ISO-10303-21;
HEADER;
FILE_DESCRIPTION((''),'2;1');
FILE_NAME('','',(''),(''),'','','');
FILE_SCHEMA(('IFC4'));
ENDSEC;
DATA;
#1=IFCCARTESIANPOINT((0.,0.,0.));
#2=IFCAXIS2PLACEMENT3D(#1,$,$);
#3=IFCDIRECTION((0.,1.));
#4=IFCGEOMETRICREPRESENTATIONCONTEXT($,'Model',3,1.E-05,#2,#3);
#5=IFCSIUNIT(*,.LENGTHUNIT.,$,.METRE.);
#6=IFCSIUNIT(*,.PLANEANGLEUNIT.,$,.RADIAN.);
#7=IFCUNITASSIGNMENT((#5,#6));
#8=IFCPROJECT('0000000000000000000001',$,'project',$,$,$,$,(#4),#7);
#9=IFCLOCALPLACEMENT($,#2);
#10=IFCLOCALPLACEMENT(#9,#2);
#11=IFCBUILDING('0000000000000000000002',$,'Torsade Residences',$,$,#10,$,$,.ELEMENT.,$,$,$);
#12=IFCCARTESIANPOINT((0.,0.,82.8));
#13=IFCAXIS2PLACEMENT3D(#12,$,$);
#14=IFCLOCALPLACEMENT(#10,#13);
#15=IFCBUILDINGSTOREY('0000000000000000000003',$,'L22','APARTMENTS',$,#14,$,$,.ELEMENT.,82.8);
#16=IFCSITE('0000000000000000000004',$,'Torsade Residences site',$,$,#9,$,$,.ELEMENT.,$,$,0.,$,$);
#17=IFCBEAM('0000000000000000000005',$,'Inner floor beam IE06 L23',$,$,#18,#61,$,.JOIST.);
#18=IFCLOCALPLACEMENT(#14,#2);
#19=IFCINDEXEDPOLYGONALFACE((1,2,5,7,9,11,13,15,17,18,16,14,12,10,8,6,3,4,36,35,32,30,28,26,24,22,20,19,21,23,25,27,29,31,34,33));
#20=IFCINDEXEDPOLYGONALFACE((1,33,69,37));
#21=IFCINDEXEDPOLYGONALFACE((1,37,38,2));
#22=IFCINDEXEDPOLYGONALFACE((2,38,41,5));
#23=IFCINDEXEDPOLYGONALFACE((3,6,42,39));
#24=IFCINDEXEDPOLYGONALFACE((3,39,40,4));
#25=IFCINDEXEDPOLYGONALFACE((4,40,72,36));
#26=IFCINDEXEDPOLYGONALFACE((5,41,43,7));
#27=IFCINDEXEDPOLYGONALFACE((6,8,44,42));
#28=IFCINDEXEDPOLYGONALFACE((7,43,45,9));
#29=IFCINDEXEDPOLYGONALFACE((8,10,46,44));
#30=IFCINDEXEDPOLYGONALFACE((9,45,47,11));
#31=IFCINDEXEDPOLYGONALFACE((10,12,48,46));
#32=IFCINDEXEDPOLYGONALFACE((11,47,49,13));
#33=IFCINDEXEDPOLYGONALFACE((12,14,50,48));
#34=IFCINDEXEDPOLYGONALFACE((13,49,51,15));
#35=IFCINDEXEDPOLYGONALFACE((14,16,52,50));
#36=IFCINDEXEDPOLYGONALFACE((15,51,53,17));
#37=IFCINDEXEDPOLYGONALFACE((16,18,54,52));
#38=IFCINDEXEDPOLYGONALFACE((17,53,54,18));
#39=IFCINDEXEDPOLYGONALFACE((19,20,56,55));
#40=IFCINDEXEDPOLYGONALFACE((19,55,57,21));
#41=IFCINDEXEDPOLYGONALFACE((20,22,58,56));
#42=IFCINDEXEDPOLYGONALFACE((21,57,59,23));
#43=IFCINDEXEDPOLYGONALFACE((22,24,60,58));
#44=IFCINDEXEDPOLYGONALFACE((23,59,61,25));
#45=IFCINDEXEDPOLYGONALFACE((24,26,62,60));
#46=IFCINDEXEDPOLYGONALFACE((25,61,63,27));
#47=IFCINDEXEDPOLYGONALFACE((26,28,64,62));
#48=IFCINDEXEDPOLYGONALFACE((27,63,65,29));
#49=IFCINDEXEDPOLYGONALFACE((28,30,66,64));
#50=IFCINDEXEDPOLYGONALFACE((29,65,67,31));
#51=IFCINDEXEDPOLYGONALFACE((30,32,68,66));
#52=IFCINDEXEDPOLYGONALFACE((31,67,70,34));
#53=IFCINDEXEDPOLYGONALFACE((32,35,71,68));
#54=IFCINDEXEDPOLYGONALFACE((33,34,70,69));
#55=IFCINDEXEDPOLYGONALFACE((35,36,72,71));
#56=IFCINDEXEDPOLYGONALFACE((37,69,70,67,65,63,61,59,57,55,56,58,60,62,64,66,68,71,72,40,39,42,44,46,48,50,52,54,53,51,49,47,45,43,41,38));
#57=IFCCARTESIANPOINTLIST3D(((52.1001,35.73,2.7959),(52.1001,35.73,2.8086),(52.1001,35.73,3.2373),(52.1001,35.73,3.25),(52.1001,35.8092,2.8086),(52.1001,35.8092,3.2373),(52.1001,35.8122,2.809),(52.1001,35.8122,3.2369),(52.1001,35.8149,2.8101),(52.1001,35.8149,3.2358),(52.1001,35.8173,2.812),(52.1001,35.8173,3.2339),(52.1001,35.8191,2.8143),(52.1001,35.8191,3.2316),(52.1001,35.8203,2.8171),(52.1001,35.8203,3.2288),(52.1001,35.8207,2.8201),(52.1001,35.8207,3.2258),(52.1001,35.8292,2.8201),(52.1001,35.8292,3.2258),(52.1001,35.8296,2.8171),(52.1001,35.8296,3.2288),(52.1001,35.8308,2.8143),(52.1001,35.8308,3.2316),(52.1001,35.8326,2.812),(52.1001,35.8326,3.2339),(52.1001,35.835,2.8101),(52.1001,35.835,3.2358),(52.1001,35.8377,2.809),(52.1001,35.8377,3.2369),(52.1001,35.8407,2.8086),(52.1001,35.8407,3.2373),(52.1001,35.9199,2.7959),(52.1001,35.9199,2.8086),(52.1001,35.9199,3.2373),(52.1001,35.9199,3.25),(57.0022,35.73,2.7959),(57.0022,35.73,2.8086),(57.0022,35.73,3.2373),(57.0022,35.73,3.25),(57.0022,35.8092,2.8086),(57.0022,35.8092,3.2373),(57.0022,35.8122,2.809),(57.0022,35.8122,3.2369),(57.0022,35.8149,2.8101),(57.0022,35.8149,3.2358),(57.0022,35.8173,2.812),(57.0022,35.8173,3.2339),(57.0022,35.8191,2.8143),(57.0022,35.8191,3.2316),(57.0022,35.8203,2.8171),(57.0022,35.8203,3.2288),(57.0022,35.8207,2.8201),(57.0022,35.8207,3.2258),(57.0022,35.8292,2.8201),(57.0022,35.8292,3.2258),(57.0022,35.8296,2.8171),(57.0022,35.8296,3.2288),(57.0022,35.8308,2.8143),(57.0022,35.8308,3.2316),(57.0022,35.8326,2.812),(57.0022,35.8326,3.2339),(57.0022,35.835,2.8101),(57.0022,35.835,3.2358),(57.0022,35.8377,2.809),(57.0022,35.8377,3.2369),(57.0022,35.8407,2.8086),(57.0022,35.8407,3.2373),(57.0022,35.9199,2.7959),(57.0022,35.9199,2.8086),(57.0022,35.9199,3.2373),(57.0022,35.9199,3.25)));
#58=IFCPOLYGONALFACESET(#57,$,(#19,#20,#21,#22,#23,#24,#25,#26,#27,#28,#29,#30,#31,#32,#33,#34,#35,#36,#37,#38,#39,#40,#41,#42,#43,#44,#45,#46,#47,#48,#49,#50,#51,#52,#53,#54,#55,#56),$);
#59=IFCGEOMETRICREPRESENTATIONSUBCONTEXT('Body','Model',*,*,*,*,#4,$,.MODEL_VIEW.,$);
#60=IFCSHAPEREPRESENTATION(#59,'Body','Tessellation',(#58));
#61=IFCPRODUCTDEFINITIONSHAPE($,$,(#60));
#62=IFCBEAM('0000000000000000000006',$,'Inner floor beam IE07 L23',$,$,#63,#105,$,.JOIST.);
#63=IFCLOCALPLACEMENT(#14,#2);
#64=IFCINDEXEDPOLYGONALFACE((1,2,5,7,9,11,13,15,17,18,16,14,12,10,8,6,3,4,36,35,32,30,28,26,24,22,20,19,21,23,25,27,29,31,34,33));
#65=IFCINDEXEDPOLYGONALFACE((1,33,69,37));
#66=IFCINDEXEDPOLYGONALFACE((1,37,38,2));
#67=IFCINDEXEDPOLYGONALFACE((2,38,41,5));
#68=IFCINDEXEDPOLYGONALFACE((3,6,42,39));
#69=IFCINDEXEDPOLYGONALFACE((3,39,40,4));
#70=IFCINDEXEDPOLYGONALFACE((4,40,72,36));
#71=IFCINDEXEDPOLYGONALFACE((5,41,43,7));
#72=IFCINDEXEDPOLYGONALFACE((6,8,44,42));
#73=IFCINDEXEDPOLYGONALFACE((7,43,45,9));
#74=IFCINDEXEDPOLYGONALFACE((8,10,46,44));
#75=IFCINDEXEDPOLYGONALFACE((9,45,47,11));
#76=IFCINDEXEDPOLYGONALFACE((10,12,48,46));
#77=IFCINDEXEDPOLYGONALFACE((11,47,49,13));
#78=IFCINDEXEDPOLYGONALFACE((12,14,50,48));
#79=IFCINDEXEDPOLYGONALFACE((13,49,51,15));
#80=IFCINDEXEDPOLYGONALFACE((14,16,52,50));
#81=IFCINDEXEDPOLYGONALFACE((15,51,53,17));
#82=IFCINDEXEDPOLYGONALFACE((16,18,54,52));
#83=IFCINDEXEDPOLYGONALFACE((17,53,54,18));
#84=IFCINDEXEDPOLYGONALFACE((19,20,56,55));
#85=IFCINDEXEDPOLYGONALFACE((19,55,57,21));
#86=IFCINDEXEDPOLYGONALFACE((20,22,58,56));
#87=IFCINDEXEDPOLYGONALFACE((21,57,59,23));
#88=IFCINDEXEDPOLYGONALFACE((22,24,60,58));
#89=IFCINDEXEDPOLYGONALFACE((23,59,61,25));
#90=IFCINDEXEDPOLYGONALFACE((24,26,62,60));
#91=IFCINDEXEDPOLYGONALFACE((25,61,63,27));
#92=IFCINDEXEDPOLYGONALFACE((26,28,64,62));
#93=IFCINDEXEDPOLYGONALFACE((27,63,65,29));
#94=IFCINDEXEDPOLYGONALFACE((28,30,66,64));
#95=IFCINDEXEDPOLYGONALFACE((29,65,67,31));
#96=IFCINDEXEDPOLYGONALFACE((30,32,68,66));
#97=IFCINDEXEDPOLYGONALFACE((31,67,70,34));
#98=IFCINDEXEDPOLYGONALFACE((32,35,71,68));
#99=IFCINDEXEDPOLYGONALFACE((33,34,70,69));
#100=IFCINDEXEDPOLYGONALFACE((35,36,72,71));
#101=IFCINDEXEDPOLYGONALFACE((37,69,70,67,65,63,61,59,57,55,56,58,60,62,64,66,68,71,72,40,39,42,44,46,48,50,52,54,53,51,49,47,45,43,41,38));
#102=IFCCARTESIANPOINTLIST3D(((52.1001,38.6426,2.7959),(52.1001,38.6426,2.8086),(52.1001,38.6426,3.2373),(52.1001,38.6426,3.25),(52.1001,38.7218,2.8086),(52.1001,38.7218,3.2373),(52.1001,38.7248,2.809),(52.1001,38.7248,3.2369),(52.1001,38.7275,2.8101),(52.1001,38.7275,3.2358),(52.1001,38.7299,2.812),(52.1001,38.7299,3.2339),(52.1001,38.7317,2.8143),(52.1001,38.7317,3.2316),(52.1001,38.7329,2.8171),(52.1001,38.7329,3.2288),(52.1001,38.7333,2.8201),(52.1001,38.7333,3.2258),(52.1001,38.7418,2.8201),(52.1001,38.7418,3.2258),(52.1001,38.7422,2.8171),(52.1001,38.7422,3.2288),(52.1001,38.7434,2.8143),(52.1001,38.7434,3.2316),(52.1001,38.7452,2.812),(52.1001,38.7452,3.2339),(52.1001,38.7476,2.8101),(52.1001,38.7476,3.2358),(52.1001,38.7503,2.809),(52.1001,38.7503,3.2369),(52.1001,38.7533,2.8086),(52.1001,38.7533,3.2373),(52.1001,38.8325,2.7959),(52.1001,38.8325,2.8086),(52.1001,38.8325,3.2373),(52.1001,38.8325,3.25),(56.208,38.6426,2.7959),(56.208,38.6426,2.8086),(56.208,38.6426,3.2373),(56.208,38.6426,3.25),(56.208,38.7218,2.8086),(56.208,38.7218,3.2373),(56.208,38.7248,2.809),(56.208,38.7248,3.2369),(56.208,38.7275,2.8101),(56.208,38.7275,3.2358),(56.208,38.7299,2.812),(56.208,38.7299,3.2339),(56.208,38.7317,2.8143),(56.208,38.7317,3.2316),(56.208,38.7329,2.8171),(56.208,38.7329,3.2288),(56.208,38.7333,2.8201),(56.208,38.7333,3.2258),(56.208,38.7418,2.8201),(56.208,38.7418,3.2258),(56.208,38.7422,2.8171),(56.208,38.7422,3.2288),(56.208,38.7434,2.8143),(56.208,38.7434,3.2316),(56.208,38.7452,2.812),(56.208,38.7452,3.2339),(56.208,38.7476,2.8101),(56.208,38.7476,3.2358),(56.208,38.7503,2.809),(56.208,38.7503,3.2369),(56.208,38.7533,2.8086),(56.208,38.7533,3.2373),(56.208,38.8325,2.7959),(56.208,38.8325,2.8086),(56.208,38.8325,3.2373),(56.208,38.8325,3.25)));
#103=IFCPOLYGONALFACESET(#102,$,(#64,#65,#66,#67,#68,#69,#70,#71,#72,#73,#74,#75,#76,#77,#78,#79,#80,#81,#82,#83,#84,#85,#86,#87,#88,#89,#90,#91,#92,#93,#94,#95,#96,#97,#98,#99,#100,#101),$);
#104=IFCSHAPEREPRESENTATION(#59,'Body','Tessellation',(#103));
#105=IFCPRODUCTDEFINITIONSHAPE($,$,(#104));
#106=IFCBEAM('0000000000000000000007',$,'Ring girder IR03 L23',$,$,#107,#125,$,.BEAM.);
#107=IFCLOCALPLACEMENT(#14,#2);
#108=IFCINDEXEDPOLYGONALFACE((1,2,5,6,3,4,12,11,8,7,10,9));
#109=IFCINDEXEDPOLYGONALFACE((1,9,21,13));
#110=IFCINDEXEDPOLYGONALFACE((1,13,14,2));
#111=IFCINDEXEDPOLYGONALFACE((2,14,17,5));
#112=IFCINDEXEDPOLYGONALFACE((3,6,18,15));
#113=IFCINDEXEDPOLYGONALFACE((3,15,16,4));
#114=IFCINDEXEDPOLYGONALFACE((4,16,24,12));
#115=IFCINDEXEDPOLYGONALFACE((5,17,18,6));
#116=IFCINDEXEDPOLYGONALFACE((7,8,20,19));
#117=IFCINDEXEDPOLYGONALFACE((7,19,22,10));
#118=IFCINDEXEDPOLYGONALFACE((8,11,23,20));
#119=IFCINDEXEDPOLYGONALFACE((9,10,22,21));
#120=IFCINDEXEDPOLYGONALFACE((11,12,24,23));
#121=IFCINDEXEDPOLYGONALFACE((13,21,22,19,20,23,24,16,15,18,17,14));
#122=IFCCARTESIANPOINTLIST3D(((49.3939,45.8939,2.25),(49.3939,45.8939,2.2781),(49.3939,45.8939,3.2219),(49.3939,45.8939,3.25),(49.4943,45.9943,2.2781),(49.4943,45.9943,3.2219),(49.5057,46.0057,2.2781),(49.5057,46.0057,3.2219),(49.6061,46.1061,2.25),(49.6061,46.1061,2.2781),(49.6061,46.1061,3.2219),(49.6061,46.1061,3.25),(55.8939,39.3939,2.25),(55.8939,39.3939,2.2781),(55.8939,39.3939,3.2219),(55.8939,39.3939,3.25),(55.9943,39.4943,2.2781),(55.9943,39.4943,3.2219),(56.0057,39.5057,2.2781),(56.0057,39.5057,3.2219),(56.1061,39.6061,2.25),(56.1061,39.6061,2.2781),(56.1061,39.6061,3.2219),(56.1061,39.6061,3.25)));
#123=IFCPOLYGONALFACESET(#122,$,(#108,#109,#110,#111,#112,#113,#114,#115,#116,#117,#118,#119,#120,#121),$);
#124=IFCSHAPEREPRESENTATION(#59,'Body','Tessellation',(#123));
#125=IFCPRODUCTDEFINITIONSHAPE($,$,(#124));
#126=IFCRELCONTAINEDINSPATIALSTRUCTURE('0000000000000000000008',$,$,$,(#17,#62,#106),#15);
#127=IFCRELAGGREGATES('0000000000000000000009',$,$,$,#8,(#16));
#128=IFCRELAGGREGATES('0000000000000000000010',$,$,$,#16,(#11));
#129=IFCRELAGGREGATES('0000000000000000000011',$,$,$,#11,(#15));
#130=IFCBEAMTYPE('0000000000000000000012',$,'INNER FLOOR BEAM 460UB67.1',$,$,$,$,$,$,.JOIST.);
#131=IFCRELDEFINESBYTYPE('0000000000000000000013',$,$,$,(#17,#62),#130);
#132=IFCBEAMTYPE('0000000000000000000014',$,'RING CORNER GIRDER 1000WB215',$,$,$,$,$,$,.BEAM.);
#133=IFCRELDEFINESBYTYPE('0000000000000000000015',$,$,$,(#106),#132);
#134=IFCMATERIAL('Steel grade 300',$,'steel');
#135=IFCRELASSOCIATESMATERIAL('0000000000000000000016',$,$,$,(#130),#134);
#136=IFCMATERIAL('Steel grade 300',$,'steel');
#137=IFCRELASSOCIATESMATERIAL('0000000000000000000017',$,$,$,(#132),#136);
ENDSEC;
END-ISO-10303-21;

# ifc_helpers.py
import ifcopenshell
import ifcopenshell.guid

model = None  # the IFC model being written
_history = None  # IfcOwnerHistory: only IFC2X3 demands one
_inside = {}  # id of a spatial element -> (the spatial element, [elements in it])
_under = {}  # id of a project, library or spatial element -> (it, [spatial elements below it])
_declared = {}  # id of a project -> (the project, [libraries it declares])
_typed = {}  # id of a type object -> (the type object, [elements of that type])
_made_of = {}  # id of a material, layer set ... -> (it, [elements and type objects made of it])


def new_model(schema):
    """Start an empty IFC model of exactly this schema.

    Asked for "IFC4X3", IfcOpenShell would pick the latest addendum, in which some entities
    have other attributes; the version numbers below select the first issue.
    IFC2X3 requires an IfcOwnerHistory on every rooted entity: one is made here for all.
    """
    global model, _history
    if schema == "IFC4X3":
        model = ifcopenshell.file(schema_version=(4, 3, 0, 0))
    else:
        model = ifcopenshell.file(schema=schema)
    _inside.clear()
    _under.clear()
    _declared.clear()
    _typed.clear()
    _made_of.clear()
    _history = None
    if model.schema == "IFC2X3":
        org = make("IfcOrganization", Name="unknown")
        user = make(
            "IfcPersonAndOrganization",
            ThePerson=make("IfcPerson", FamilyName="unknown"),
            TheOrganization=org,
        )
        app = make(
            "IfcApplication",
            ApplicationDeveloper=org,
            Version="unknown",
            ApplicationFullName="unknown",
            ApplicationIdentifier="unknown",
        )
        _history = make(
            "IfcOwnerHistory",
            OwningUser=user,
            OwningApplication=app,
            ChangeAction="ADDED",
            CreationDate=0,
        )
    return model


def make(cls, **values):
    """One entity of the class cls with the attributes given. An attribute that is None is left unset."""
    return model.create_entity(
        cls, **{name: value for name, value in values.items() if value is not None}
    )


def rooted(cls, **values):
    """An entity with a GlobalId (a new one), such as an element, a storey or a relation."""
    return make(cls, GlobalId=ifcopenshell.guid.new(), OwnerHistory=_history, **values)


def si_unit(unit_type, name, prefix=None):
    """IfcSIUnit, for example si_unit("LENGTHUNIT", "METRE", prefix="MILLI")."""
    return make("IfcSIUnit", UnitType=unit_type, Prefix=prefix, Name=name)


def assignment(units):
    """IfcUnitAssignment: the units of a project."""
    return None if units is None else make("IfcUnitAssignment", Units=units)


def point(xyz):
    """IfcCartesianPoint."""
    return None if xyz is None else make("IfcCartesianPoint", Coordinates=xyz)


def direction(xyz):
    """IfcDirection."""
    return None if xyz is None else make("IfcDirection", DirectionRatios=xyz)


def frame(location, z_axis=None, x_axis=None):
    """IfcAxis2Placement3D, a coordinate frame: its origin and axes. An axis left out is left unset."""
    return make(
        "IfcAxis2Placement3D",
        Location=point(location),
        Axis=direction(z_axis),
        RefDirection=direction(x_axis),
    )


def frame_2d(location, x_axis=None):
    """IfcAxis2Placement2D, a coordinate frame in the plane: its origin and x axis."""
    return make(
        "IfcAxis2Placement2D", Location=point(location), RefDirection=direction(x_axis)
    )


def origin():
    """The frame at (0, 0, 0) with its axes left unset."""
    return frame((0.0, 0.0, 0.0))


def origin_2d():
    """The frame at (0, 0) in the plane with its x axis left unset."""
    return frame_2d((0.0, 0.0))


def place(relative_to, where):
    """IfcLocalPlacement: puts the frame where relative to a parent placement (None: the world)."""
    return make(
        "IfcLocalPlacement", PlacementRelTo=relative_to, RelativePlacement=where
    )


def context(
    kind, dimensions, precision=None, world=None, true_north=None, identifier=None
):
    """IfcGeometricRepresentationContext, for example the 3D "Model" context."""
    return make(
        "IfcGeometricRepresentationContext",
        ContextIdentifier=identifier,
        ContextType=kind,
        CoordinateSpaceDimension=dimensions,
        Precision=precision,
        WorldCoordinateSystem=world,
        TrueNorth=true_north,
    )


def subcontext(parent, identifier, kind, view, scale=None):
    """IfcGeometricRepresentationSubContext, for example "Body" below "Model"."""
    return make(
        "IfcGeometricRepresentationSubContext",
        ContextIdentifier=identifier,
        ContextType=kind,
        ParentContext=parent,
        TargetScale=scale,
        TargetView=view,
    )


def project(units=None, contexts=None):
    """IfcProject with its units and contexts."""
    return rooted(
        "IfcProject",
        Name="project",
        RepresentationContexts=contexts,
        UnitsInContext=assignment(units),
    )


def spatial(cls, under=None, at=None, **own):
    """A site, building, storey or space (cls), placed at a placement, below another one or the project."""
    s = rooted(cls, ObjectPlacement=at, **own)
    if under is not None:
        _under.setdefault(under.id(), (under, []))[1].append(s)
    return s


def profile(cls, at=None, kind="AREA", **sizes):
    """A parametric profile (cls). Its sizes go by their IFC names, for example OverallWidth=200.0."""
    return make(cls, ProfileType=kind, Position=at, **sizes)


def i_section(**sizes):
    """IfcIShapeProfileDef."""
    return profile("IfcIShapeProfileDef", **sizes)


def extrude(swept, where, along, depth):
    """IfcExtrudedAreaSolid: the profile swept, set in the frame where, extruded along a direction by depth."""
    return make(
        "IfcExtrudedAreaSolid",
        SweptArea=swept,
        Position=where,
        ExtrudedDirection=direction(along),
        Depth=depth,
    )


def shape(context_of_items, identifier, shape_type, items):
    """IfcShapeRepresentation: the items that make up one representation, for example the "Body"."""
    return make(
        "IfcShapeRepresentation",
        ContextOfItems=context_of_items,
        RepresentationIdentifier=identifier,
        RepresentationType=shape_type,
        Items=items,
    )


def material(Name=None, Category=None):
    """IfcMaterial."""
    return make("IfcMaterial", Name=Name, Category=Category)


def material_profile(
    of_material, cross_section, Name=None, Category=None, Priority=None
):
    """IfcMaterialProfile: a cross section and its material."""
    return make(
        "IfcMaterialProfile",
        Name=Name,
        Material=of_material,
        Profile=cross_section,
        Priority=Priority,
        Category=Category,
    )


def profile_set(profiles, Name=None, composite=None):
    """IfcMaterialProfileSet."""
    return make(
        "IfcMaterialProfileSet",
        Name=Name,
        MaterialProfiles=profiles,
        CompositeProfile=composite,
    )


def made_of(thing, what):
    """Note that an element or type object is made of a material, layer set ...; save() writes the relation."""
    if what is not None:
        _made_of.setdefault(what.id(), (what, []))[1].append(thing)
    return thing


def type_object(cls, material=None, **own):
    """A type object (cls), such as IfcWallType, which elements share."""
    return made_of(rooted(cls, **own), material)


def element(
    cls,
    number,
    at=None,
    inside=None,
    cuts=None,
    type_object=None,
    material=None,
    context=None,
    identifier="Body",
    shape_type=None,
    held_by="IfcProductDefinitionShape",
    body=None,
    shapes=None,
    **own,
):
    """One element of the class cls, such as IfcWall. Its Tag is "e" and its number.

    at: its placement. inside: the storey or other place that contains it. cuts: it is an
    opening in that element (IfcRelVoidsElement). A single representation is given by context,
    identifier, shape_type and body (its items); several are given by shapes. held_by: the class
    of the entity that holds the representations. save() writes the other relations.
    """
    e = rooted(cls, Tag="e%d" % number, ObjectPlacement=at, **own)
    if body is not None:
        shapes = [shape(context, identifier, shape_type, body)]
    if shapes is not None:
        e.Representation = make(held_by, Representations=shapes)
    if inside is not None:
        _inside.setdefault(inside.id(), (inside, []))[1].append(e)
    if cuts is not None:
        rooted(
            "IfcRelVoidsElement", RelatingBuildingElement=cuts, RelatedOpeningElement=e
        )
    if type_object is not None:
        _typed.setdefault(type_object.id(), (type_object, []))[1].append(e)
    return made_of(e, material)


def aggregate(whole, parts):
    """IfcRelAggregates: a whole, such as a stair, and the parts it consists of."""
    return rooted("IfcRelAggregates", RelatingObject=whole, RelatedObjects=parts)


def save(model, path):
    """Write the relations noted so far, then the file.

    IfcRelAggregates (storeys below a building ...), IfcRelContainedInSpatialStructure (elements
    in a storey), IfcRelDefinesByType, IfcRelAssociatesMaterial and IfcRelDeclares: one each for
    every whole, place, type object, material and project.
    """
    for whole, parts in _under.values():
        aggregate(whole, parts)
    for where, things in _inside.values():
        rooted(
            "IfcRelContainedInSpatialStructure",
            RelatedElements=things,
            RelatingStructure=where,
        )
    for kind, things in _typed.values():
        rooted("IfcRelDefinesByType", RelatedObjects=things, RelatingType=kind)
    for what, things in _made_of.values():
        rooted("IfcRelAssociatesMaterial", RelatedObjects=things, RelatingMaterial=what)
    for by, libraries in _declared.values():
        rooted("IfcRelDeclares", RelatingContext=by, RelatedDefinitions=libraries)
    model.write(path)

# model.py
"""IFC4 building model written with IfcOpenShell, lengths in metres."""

from ifc_helpers import new_model, si_unit, direction, frame, origin, origin_2d, place, context, subcontext, project, spatial, i_section, extrude, material, material_profile, profile_set, type_object, element, save


model = new_model("IFC4")

# Units and contexts
model_context = context("Model", 3, precision=1e-05, world=origin(), true_north=direction((0.0, 1.0)))
body_context = subcontext(model_context, "Body", "Model", "MODEL_VIEW")
ifc_project = project(units=[si_unit("LENGTHUNIT", "METRE"), si_unit("PLANEANGLEUNIT", "RADIAN")], contexts=[model_context])

# Site, building, storey
site_placement = place(None, origin())
site = spatial("IfcSite", under=ifc_project, at=site_placement, Name="Torsade Residences site", CompositionType="ELEMENT", RefElevation=0.0)
building_placement = place(site_placement, origin())
building = spatial("IfcBuilding", under=site, at=building_placement, Name="Torsade Residences", CompositionType="ELEMENT")
storey_placement = place(building_placement, frame((0.0, 0.0, 82.8)))
storey = spatial("IfcBuildingStorey", under=building, at=storey_placement, Name="L22", Description="APARTMENTS", CompositionType="ELEMENT", Elevation=82.8)

# Beams
ifc_material_1 = material(Name="Steel grade 300", Category="steel")
ifc_material_profile_1 = material_profile(ifc_material_1, i_section(OverallWidth=0.1899, OverallDepth=0.4541, WebThickness=0.0085, FlangeThickness=0.0127, FilletRadius=0.0115, at=origin_2d()), Name="460UB67.1")
ifc_profile_set_1 = profile_set([ifc_material_profile_1], Name="Steel grade 300")
beam_type_1 = type_object("IfcBeamType", Name="INNER FLOOR BEAM 460UB67.1", PredefinedType="JOIST", material=ifc_profile_set_1)
beam_1_placement = place(storey_placement, frame((52.1001, 35.825, 3.0229), z_axis=(1.0, 0.0, 0.0), x_axis=(0.0, 1.0, 0.0)))
element("IfcBeam", 1, at=beam_1_placement, inside=storey, type_object=beam_type_1, Name="Inner floor beam IE06 L23", PredefinedType="JOIST", context=body_context, shape_type="SweptSolid", body=[
    extrude(i_section(OverallWidth=0.1899, OverallDepth=0.4541, WebThickness=0.0085, FlangeThickness=0.0127, FilletRadius=0.0115, at=origin_2d()), origin(), (0.0, 0.0, 1.0), 4.9021),
])
beam_2_placement = place(storey_placement, frame((52.1001, 38.7375, 3.0229), z_axis=(1.0, 0.0, 0.0), x_axis=(0.0, 1.0, 0.0)))
element("IfcBeam", 2, at=beam_2_placement, inside=storey, type_object=beam_type_1, Name="Inner floor beam IE07 L23", PredefinedType="JOIST", context=body_context, shape_type="SweptSolid", body=[
    extrude(i_section(OverallWidth=0.1899, OverallDepth=0.4541, WebThickness=0.0085, FlangeThickness=0.0127, FilletRadius=0.0115, at=origin_2d()), origin(), (0.0, 0.0, 1.0), 4.1079),
])
ifc_material_2 = material(Name="Steel grade 300", Category="steel")
ifc_material_profile_2 = material_profile(ifc_material_2, i_section(OverallWidth=0.3, OverallDepth=1.0, WebThickness=0.0161, FlangeThickness=0.0281, at=origin_2d()), Name="1000WB215")
ifc_profile_set_2 = profile_set([ifc_material_profile_2], Name="Steel grade 300")
beam_type_2 = type_object("IfcBeamType", Name="RING CORNER GIRDER 1000WB215", PredefinedType="BEAM", material=ifc_profile_set_2)
beam_3_placement = place(storey_placement, frame((56.0, 39.5, 2.75), z_axis=(-0.707107, 0.707107, 0.0), x_axis=(-0.707107, -0.707107, 0.0)))
element("IfcBeam", 3, at=beam_3_placement, inside=storey, type_object=beam_type_2, Name="Ring girder IR03 L23", PredefinedType="BEAM", context=body_context, shape_type="SweptSolid", body=[
    extrude(i_section(OverallWidth=0.3, OverallDepth=1.0, WebThickness=0.0161, FlangeThickness=0.0281, at=origin_2d()), origin(), (0.0, 0.0, 1.0), 9.1924),
])

save(model, "model.ifc")
